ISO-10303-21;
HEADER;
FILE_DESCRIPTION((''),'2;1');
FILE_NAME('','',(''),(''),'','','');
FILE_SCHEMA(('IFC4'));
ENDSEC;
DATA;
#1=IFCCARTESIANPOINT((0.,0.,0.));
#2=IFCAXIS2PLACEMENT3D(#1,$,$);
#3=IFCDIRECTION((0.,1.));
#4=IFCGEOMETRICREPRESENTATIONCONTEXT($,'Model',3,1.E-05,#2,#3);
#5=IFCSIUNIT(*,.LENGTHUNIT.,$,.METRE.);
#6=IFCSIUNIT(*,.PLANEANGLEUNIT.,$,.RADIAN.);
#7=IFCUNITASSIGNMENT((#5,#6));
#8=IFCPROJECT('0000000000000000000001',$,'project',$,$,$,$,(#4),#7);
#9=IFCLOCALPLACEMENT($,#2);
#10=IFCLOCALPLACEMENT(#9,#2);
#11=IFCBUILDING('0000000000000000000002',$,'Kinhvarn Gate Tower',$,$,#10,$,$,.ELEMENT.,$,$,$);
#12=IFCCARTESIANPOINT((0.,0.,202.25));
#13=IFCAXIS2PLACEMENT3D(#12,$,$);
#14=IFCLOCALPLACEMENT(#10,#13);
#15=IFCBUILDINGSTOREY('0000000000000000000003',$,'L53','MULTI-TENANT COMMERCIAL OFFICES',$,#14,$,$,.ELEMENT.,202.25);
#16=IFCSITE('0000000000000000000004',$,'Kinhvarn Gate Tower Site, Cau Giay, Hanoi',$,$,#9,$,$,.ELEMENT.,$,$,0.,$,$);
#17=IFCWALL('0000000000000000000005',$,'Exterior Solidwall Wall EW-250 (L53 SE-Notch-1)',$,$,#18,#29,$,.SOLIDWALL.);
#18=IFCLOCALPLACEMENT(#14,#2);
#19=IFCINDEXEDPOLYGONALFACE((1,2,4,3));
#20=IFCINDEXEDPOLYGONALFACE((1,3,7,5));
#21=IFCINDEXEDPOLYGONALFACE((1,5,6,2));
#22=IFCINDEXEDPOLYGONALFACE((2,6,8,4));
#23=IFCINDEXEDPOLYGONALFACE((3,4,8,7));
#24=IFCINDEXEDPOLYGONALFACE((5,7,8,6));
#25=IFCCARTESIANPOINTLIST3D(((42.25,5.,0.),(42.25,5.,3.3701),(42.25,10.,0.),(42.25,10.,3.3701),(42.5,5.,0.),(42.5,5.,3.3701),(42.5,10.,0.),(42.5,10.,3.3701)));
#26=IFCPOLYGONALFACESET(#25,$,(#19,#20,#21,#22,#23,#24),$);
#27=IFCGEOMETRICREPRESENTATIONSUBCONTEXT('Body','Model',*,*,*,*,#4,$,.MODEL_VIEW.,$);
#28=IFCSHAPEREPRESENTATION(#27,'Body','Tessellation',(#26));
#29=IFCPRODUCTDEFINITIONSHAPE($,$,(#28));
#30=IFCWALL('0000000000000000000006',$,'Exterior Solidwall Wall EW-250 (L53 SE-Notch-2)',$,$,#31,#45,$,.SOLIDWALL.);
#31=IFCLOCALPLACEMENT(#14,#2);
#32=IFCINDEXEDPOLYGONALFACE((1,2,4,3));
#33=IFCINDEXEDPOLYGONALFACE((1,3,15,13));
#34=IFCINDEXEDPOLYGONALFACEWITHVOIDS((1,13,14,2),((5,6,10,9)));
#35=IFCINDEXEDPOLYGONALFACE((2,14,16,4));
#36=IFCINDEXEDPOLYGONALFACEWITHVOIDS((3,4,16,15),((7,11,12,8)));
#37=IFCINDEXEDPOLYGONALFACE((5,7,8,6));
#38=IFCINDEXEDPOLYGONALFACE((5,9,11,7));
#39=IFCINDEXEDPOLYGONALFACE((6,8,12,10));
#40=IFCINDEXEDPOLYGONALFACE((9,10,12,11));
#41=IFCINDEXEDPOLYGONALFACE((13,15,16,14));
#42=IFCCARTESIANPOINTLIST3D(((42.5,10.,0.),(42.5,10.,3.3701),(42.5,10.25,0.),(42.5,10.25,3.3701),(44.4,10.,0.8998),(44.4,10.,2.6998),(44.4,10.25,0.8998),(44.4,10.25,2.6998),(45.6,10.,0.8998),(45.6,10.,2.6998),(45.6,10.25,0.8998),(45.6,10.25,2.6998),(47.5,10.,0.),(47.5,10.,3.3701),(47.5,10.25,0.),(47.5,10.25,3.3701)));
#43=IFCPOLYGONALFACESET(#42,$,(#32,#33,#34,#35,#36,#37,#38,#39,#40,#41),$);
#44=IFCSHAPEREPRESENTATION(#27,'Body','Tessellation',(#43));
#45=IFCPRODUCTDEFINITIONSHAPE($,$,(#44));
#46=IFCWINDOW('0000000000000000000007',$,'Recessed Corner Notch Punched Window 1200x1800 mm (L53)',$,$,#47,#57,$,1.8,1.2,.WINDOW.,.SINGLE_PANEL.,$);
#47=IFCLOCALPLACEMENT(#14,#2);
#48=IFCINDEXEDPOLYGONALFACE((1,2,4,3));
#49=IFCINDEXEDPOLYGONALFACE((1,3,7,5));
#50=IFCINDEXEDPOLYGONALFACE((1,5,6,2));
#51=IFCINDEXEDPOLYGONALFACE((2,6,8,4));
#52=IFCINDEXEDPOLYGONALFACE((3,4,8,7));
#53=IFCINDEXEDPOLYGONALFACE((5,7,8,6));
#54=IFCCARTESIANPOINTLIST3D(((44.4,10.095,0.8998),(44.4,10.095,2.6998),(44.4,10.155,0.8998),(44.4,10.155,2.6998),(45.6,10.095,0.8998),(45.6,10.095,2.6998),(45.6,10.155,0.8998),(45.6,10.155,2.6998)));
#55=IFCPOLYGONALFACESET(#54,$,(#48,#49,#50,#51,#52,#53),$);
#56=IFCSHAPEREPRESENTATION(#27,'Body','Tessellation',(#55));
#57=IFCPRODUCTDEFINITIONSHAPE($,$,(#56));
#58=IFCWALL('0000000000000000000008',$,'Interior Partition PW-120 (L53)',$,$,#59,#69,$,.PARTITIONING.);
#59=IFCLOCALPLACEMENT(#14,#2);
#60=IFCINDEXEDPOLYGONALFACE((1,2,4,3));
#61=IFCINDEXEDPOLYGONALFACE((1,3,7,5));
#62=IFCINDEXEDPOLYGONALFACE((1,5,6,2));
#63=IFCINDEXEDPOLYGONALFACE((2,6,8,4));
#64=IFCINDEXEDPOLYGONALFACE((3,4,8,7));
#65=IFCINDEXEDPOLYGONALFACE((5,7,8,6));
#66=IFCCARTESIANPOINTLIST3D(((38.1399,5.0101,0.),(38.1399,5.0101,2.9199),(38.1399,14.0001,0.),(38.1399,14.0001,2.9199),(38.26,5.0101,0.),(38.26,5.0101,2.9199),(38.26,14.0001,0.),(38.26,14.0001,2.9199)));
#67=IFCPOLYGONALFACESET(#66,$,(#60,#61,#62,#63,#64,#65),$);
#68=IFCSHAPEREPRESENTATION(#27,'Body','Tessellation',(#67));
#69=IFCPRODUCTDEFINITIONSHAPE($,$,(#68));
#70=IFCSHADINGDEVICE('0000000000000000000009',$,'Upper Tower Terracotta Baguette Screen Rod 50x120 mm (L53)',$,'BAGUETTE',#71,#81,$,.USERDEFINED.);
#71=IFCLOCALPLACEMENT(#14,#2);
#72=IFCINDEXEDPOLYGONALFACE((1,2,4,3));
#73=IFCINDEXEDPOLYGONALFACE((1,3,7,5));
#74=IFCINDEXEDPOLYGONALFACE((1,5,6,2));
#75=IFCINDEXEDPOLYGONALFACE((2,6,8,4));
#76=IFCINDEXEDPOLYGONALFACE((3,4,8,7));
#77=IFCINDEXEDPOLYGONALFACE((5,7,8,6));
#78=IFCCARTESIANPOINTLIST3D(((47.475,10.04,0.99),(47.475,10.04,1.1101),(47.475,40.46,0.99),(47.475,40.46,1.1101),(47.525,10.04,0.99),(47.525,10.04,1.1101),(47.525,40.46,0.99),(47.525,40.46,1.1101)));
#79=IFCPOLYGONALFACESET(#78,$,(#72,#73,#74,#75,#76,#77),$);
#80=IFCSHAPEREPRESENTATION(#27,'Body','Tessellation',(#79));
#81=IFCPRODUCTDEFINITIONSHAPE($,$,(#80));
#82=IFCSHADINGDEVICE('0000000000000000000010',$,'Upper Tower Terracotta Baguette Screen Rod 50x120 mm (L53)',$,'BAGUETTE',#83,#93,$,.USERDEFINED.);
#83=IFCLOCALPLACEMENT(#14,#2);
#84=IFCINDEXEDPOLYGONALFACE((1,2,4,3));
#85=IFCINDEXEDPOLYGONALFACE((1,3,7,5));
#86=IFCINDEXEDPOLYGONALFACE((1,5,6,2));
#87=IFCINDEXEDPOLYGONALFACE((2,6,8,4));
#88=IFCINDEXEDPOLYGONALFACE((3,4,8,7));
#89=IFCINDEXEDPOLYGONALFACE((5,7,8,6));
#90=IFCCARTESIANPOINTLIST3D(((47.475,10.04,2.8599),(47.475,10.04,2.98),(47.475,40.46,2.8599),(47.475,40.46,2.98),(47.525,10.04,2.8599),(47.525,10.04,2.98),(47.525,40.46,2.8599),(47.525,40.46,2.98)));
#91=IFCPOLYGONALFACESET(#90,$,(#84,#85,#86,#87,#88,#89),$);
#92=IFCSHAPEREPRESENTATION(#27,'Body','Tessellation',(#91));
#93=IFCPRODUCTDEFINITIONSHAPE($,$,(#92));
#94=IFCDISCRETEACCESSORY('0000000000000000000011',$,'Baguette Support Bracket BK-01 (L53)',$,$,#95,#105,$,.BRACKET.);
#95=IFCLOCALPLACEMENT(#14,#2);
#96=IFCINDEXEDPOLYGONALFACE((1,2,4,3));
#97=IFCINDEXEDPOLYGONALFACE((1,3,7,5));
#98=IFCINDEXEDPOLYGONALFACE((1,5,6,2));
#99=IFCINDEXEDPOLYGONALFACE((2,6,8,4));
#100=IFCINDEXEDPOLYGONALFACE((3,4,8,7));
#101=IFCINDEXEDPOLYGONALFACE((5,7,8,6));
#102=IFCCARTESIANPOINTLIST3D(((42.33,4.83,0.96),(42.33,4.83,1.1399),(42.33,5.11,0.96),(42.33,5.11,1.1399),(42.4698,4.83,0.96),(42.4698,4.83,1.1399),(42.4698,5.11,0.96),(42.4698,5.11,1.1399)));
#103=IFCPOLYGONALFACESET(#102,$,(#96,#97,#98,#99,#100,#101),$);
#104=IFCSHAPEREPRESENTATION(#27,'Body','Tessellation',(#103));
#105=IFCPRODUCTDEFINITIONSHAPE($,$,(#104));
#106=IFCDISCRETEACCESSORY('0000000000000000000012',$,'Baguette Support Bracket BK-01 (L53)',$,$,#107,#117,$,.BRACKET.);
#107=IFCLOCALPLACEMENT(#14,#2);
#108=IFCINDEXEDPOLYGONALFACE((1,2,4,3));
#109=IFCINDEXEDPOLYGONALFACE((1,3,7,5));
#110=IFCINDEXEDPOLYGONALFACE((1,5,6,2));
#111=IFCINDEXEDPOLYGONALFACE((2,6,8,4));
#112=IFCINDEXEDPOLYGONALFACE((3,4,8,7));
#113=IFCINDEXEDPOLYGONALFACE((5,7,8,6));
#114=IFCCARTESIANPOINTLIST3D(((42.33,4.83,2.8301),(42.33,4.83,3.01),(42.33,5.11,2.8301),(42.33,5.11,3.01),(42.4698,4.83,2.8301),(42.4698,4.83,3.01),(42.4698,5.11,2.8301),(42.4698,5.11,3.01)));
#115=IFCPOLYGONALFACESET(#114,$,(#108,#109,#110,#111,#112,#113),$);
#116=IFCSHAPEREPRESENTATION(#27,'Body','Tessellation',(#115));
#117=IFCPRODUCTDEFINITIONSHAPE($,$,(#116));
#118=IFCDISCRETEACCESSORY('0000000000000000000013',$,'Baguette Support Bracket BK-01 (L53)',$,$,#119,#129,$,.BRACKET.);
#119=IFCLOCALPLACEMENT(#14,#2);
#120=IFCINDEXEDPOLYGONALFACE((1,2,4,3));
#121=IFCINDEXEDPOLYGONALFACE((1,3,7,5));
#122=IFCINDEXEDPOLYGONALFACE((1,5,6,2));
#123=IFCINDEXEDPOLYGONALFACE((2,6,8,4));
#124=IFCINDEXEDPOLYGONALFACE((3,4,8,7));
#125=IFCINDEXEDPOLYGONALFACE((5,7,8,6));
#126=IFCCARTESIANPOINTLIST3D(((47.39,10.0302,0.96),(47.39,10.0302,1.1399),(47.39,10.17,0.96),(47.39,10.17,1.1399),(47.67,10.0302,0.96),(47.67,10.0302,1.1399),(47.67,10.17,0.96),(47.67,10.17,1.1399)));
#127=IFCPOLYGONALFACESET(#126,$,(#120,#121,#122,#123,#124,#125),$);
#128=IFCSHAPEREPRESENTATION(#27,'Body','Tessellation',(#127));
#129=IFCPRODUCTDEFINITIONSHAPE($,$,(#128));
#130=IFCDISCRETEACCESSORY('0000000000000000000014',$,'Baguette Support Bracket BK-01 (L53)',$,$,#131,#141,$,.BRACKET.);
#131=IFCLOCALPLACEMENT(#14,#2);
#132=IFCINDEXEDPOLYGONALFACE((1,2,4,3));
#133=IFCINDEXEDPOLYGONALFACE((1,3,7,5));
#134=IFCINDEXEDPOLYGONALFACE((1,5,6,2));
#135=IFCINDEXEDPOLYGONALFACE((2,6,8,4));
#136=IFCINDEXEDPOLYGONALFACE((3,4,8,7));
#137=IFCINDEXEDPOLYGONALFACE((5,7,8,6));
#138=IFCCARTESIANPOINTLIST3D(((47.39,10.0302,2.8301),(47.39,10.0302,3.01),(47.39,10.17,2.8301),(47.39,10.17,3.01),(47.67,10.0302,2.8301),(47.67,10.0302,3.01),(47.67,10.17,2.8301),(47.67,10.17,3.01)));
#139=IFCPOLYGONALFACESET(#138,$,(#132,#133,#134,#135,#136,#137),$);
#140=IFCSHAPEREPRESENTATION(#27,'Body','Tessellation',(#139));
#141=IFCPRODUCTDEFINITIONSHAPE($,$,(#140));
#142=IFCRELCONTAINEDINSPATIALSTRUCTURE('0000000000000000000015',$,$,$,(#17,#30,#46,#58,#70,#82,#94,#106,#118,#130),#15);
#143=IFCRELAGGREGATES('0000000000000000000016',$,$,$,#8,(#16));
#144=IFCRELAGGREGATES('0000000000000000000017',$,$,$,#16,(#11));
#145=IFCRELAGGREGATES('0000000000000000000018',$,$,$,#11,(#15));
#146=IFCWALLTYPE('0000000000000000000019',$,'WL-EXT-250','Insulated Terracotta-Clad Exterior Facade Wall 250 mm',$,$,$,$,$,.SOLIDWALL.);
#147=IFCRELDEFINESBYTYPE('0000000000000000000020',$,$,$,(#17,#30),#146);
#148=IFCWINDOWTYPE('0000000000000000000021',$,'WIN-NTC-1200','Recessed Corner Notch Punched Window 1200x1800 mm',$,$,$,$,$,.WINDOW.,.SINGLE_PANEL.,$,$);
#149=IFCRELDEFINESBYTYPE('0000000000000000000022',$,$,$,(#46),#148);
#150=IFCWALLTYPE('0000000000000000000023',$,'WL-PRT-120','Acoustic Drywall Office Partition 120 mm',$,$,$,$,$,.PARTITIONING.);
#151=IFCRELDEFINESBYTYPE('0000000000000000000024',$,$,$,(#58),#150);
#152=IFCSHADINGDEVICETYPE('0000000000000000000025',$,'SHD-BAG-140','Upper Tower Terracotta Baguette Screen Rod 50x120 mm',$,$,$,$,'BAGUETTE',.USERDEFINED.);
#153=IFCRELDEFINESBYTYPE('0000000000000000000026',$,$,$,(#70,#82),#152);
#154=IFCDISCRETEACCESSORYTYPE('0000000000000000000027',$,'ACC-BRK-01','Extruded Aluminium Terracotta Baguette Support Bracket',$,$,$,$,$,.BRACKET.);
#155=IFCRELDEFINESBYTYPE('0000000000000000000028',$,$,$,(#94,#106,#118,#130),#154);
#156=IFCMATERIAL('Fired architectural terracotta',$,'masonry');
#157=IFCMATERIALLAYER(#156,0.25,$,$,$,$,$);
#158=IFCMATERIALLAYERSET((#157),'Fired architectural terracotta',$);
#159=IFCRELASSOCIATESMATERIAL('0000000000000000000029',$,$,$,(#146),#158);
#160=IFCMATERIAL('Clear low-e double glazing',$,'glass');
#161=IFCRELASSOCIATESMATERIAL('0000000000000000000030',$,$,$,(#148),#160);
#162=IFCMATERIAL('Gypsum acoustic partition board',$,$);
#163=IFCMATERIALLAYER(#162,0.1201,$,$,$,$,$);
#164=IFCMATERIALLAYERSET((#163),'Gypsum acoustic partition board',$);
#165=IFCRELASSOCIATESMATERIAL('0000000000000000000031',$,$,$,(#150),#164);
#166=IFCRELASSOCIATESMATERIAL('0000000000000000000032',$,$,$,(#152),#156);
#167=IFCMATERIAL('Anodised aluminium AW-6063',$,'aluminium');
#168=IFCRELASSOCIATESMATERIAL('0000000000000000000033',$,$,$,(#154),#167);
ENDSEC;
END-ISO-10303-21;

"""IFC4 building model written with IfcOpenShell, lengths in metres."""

from ifc_helpers import new_model, si_unit, direction, frame, frame_2d, origin, origin_2d, place, context, subcontext, project, spatial, rectangle, extrude, material, layer, layer_set, material_profile, profile_set, type_object, element, fill, save


model = new_model("IFC4")

# Units and contexts
model_context = context("Model", 3, precision=1e-05, world=origin(), true_north=direction((0.0, 1.0)))
body_context = subcontext(model_context, "Body", "Model", "MODEL_VIEW")
ifc_project = project(units=[si_unit("LENGTHUNIT", "METRE"), si_unit("PLANEANGLEUNIT", "RADIAN")], contexts=[model_context])

# Site, building, storey
site_placement = place(None, origin())
site = spatial("IfcSite", under=ifc_project, at=site_placement, Name="Kinhvarn Gate Tower Site, Cau Giay, Hanoi", CompositionType="ELEMENT", RefElevation=0.0)
building_placement = place(site_placement, origin())
building = spatial("IfcBuilding", under=site, at=building_placement, Name="Kinhvarn Gate Tower", CompositionType="ELEMENT")
storey_placement = place(building_placement, frame((0.0, 0.0, 202.25)))
storey = spatial("IfcBuildingStorey", under=building, at=storey_placement, Name="L53", Description="MULTI-TENANT COMMERCIAL OFFICES", CompositionType="ELEMENT", Elevation=202.25)

# Shared definitions
ifc_material_1 = material(Name="Anodised aluminium AW-6063", Category="aluminium")

# Shared definitions
ifc_material_2 = material(Name="Clear low-e double glazing", Category="glass")

# Wall
ifc_material_3 = material(Name="Fired architectural terracotta", Category="masonry")
ifc_layer_1 = layer(ifc_material_3, 0.25)
ifc_layer_set_1 = layer_set([ifc_layer_1], Name="Fired architectural terracotta")
wall_type_1 = type_object("IfcWallType", Name="WL-EXT-250", Description="Insulated Terracotta-Clad Exterior Facade Wall 250 mm", PredefinedType="SOLIDWALL", material=ifc_layer_set_1)
wall_1_placement = place(storey_placement, frame((42.375, 5.0, 0.0), z_axis=(0.0, 0.0, 1.0), x_axis=(0.0, 1.0, 0.0)))
element("IfcWall", 1, at=wall_1_placement, inside=storey, type_object=wall_type_1, Name="Exterior Solidwall Wall EW-250 (L53 SE-Notch-1)", PredefinedType="SOLIDWALL", context=body_context, shape_type="SweptSolid", body=[
    extrude(rectangle(XDim=5.0, YDim=0.25, at=frame_2d((2.5, 0.0))), origin(), (0.0, 0.0, 1.0), 3.3701),
])

# Wall, opening, window
wall_2_placement = place(storey_placement, frame((42.5, 10.125, 0.0), z_axis=(0.0, 0.0, 1.0), x_axis=(1.0, 0.0, 0.0)))
wall_2 = element("IfcWall", 2, at=wall_2_placement, inside=storey, type_object=wall_type_1, Name="Exterior Solidwall Wall EW-250 (L53 SE-Notch-2)", PredefinedType="SOLIDWALL", context=body_context, shape_type="SweptSolid", body=[
    extrude(rectangle(XDim=5.0, YDim=0.25, at=frame_2d((2.5, 0.0))), origin(), (0.0, 0.0, 1.0), 3.3701),
])
opening_placement = place(wall_2_placement, frame((1.8999, 0.0, 0.8999)))
opening = element("IfcOpeningElement", 3, at=opening_placement, cuts=wall_2, PredefinedType="OPENING", context=body_context, shape_type="SweptSolid", body=[
    extrude(rectangle(XDim=1.2, YDim=1.8, at=frame_2d((0.6001, 0.8999))), frame((0.0, 0.135, 0.0), z_axis=(0.0, -1.0, 0.0), x_axis=(1.0, 0.0, 0.0)), (0.0, 0.0, 1.0), 0.27),
])
window_type = type_object("IfcWindowType", Name="WIN-NTC-1200", Description="Recessed Corner Notch Punched Window 1200x1800 mm", PartitioningType="SINGLE_PANEL", PredefinedType="WINDOW", material=ifc_material_2)
window_placement = place(opening_placement, origin())
window = element("IfcWindow", 4, at=window_placement, inside=storey, type_object=window_type, Name="Recessed Corner Notch Punched Window 1200x1800 mm (L53)", OverallHeight=1.8, OverallWidth=1.2, PartitioningType="SINGLE_PANEL", PredefinedType="WINDOW", context=body_context, shape_type="SweptSolid", body=[
    extrude(rectangle(XDim=1.2, YDim=1.8, at=frame_2d((0.6001, 0.8999))), frame((0.0, 0.03, 0.0), z_axis=(0.0, -1.0, 0.0), x_axis=(1.0, 0.0, 0.0)), (0.0, 0.0, 1.0), 0.0601),
])
fill(opening, window)

# Wall
ifc_material_4 = material(Name="Gypsum acoustic partition board")
ifc_layer_2 = layer(ifc_material_4, 0.1201)
ifc_layer_set_2 = layer_set([ifc_layer_2], Name="Gypsum acoustic partition board")
wall_type_2 = type_object("IfcWallType", Name="WL-PRT-120", Description="Acoustic Drywall Office Partition 120 mm", PredefinedType="PARTITIONING", material=ifc_layer_set_2)
wall_3_placement = place(storey_placement, frame((38.2, 5.01, 0.0), z_axis=(0.0, 0.0, 1.0), x_axis=(0.0, 1.0, 0.0)))
element("IfcWall", 5, at=wall_3_placement, inside=storey, type_object=wall_type_2, Name="Interior Partition PW-120 (L53)", PredefinedType="PARTITIONING", context=body_context, shape_type="SweptSolid", body=[
    extrude(rectangle(XDim=8.99, YDim=0.1201, at=frame_2d((4.4951, 0.0))), origin(), (0.0, 0.0, 1.0), 2.9199),
])

# Shading devices
ifc_material_profile_1 = material_profile(ifc_material_3, rectangle(XDim=0.05, YDim=0.1201, at=origin_2d()), Name="TC 50x120")
ifc_profile_set_1 = profile_set([ifc_material_profile_1], Name="Fired architectural terracotta")
shading_device_type = type_object("IfcShadingDeviceType", Name="SHD-BAG-140", Description="Upper Tower Terracotta Baguette Screen Rod 50x120 mm", ElementType="BAGUETTE", PredefinedType="USERDEFINED", material=ifc_profile_set_1)
for number, where, z_axis, x_axis, name in (
    (6, (47.5, 10.04, 1.05), (0.0, 1.0, 0.0), (-1.0, 0.0, 0.0), "Upper Tower Terracotta Baguette Screen Rod 50x120 mm (L53)"),
    (7, (47.5, 10.04, 2.9199), (0.0, 1.0, 0.0), (-1.0, 0.0, 0.0), "Upper Tower Terracotta Baguette Screen Rod 50x120 mm (L53)"),
):
    element("IfcShadingDevice", number, at=place(storey_placement, frame(where, z_axis=z_axis, x_axis=x_axis)), inside=storey, type_object=shading_device_type, Name=name, ObjectType="BAGUETTE", PredefinedType="USERDEFINED", context=body_context, shape_type="SweptSolid", body=[
        extrude(rectangle(XDim=0.05, YDim=0.1201, at=origin_2d()), origin(), (0.0, 0.0, 1.0), 30.4199),
    ])

# Discrete accessories
discrete_accessory_type = type_object("IfcDiscreteAccessoryType", Name="ACC-BRK-01", Description="Extruded Aluminium Terracotta Baguette Support Bracket", PredefinedType="BRACKET", material=ifc_material_1)
for number, where, z_axis, x_axis, name in (
    (8, (42.3999, 4.97, 0.96), (0.0, 0.0, 1.0), (1.0, 0.0, 0.0), "Baguette Support Bracket BK-01 (L53)"),
    (9, (42.3999, 4.97, 2.8301), (0.0, 0.0, 1.0), (1.0, 0.0, 0.0), "Baguette Support Bracket BK-01 (L53)"),
    (10, (47.53, 10.1001, 0.96), (0.0, 0.0, 1.0), (0.0, 1.0, 0.0), "Baguette Support Bracket BK-01 (L53)"),
    (11, (47.53, 10.1001, 2.8301), (0.0, 0.0, 1.0), (0.0, 1.0, 0.0), "Baguette Support Bracket BK-01 (L53)"),
):
    element("IfcDiscreteAccessory", number, at=place(storey_placement, frame(where, z_axis=z_axis, x_axis=x_axis)), inside=storey, type_object=discrete_accessory_type, Name=name, PredefinedType="BRACKET", context=body_context, shape_type="SweptSolid", body=[
        extrude(rectangle(XDim=0.1399, YDim=0.28, at=origin_2d()), origin(), (0.0, 0.0, 1.0), 0.1799),
    ])

save(model, "model.ifc")
